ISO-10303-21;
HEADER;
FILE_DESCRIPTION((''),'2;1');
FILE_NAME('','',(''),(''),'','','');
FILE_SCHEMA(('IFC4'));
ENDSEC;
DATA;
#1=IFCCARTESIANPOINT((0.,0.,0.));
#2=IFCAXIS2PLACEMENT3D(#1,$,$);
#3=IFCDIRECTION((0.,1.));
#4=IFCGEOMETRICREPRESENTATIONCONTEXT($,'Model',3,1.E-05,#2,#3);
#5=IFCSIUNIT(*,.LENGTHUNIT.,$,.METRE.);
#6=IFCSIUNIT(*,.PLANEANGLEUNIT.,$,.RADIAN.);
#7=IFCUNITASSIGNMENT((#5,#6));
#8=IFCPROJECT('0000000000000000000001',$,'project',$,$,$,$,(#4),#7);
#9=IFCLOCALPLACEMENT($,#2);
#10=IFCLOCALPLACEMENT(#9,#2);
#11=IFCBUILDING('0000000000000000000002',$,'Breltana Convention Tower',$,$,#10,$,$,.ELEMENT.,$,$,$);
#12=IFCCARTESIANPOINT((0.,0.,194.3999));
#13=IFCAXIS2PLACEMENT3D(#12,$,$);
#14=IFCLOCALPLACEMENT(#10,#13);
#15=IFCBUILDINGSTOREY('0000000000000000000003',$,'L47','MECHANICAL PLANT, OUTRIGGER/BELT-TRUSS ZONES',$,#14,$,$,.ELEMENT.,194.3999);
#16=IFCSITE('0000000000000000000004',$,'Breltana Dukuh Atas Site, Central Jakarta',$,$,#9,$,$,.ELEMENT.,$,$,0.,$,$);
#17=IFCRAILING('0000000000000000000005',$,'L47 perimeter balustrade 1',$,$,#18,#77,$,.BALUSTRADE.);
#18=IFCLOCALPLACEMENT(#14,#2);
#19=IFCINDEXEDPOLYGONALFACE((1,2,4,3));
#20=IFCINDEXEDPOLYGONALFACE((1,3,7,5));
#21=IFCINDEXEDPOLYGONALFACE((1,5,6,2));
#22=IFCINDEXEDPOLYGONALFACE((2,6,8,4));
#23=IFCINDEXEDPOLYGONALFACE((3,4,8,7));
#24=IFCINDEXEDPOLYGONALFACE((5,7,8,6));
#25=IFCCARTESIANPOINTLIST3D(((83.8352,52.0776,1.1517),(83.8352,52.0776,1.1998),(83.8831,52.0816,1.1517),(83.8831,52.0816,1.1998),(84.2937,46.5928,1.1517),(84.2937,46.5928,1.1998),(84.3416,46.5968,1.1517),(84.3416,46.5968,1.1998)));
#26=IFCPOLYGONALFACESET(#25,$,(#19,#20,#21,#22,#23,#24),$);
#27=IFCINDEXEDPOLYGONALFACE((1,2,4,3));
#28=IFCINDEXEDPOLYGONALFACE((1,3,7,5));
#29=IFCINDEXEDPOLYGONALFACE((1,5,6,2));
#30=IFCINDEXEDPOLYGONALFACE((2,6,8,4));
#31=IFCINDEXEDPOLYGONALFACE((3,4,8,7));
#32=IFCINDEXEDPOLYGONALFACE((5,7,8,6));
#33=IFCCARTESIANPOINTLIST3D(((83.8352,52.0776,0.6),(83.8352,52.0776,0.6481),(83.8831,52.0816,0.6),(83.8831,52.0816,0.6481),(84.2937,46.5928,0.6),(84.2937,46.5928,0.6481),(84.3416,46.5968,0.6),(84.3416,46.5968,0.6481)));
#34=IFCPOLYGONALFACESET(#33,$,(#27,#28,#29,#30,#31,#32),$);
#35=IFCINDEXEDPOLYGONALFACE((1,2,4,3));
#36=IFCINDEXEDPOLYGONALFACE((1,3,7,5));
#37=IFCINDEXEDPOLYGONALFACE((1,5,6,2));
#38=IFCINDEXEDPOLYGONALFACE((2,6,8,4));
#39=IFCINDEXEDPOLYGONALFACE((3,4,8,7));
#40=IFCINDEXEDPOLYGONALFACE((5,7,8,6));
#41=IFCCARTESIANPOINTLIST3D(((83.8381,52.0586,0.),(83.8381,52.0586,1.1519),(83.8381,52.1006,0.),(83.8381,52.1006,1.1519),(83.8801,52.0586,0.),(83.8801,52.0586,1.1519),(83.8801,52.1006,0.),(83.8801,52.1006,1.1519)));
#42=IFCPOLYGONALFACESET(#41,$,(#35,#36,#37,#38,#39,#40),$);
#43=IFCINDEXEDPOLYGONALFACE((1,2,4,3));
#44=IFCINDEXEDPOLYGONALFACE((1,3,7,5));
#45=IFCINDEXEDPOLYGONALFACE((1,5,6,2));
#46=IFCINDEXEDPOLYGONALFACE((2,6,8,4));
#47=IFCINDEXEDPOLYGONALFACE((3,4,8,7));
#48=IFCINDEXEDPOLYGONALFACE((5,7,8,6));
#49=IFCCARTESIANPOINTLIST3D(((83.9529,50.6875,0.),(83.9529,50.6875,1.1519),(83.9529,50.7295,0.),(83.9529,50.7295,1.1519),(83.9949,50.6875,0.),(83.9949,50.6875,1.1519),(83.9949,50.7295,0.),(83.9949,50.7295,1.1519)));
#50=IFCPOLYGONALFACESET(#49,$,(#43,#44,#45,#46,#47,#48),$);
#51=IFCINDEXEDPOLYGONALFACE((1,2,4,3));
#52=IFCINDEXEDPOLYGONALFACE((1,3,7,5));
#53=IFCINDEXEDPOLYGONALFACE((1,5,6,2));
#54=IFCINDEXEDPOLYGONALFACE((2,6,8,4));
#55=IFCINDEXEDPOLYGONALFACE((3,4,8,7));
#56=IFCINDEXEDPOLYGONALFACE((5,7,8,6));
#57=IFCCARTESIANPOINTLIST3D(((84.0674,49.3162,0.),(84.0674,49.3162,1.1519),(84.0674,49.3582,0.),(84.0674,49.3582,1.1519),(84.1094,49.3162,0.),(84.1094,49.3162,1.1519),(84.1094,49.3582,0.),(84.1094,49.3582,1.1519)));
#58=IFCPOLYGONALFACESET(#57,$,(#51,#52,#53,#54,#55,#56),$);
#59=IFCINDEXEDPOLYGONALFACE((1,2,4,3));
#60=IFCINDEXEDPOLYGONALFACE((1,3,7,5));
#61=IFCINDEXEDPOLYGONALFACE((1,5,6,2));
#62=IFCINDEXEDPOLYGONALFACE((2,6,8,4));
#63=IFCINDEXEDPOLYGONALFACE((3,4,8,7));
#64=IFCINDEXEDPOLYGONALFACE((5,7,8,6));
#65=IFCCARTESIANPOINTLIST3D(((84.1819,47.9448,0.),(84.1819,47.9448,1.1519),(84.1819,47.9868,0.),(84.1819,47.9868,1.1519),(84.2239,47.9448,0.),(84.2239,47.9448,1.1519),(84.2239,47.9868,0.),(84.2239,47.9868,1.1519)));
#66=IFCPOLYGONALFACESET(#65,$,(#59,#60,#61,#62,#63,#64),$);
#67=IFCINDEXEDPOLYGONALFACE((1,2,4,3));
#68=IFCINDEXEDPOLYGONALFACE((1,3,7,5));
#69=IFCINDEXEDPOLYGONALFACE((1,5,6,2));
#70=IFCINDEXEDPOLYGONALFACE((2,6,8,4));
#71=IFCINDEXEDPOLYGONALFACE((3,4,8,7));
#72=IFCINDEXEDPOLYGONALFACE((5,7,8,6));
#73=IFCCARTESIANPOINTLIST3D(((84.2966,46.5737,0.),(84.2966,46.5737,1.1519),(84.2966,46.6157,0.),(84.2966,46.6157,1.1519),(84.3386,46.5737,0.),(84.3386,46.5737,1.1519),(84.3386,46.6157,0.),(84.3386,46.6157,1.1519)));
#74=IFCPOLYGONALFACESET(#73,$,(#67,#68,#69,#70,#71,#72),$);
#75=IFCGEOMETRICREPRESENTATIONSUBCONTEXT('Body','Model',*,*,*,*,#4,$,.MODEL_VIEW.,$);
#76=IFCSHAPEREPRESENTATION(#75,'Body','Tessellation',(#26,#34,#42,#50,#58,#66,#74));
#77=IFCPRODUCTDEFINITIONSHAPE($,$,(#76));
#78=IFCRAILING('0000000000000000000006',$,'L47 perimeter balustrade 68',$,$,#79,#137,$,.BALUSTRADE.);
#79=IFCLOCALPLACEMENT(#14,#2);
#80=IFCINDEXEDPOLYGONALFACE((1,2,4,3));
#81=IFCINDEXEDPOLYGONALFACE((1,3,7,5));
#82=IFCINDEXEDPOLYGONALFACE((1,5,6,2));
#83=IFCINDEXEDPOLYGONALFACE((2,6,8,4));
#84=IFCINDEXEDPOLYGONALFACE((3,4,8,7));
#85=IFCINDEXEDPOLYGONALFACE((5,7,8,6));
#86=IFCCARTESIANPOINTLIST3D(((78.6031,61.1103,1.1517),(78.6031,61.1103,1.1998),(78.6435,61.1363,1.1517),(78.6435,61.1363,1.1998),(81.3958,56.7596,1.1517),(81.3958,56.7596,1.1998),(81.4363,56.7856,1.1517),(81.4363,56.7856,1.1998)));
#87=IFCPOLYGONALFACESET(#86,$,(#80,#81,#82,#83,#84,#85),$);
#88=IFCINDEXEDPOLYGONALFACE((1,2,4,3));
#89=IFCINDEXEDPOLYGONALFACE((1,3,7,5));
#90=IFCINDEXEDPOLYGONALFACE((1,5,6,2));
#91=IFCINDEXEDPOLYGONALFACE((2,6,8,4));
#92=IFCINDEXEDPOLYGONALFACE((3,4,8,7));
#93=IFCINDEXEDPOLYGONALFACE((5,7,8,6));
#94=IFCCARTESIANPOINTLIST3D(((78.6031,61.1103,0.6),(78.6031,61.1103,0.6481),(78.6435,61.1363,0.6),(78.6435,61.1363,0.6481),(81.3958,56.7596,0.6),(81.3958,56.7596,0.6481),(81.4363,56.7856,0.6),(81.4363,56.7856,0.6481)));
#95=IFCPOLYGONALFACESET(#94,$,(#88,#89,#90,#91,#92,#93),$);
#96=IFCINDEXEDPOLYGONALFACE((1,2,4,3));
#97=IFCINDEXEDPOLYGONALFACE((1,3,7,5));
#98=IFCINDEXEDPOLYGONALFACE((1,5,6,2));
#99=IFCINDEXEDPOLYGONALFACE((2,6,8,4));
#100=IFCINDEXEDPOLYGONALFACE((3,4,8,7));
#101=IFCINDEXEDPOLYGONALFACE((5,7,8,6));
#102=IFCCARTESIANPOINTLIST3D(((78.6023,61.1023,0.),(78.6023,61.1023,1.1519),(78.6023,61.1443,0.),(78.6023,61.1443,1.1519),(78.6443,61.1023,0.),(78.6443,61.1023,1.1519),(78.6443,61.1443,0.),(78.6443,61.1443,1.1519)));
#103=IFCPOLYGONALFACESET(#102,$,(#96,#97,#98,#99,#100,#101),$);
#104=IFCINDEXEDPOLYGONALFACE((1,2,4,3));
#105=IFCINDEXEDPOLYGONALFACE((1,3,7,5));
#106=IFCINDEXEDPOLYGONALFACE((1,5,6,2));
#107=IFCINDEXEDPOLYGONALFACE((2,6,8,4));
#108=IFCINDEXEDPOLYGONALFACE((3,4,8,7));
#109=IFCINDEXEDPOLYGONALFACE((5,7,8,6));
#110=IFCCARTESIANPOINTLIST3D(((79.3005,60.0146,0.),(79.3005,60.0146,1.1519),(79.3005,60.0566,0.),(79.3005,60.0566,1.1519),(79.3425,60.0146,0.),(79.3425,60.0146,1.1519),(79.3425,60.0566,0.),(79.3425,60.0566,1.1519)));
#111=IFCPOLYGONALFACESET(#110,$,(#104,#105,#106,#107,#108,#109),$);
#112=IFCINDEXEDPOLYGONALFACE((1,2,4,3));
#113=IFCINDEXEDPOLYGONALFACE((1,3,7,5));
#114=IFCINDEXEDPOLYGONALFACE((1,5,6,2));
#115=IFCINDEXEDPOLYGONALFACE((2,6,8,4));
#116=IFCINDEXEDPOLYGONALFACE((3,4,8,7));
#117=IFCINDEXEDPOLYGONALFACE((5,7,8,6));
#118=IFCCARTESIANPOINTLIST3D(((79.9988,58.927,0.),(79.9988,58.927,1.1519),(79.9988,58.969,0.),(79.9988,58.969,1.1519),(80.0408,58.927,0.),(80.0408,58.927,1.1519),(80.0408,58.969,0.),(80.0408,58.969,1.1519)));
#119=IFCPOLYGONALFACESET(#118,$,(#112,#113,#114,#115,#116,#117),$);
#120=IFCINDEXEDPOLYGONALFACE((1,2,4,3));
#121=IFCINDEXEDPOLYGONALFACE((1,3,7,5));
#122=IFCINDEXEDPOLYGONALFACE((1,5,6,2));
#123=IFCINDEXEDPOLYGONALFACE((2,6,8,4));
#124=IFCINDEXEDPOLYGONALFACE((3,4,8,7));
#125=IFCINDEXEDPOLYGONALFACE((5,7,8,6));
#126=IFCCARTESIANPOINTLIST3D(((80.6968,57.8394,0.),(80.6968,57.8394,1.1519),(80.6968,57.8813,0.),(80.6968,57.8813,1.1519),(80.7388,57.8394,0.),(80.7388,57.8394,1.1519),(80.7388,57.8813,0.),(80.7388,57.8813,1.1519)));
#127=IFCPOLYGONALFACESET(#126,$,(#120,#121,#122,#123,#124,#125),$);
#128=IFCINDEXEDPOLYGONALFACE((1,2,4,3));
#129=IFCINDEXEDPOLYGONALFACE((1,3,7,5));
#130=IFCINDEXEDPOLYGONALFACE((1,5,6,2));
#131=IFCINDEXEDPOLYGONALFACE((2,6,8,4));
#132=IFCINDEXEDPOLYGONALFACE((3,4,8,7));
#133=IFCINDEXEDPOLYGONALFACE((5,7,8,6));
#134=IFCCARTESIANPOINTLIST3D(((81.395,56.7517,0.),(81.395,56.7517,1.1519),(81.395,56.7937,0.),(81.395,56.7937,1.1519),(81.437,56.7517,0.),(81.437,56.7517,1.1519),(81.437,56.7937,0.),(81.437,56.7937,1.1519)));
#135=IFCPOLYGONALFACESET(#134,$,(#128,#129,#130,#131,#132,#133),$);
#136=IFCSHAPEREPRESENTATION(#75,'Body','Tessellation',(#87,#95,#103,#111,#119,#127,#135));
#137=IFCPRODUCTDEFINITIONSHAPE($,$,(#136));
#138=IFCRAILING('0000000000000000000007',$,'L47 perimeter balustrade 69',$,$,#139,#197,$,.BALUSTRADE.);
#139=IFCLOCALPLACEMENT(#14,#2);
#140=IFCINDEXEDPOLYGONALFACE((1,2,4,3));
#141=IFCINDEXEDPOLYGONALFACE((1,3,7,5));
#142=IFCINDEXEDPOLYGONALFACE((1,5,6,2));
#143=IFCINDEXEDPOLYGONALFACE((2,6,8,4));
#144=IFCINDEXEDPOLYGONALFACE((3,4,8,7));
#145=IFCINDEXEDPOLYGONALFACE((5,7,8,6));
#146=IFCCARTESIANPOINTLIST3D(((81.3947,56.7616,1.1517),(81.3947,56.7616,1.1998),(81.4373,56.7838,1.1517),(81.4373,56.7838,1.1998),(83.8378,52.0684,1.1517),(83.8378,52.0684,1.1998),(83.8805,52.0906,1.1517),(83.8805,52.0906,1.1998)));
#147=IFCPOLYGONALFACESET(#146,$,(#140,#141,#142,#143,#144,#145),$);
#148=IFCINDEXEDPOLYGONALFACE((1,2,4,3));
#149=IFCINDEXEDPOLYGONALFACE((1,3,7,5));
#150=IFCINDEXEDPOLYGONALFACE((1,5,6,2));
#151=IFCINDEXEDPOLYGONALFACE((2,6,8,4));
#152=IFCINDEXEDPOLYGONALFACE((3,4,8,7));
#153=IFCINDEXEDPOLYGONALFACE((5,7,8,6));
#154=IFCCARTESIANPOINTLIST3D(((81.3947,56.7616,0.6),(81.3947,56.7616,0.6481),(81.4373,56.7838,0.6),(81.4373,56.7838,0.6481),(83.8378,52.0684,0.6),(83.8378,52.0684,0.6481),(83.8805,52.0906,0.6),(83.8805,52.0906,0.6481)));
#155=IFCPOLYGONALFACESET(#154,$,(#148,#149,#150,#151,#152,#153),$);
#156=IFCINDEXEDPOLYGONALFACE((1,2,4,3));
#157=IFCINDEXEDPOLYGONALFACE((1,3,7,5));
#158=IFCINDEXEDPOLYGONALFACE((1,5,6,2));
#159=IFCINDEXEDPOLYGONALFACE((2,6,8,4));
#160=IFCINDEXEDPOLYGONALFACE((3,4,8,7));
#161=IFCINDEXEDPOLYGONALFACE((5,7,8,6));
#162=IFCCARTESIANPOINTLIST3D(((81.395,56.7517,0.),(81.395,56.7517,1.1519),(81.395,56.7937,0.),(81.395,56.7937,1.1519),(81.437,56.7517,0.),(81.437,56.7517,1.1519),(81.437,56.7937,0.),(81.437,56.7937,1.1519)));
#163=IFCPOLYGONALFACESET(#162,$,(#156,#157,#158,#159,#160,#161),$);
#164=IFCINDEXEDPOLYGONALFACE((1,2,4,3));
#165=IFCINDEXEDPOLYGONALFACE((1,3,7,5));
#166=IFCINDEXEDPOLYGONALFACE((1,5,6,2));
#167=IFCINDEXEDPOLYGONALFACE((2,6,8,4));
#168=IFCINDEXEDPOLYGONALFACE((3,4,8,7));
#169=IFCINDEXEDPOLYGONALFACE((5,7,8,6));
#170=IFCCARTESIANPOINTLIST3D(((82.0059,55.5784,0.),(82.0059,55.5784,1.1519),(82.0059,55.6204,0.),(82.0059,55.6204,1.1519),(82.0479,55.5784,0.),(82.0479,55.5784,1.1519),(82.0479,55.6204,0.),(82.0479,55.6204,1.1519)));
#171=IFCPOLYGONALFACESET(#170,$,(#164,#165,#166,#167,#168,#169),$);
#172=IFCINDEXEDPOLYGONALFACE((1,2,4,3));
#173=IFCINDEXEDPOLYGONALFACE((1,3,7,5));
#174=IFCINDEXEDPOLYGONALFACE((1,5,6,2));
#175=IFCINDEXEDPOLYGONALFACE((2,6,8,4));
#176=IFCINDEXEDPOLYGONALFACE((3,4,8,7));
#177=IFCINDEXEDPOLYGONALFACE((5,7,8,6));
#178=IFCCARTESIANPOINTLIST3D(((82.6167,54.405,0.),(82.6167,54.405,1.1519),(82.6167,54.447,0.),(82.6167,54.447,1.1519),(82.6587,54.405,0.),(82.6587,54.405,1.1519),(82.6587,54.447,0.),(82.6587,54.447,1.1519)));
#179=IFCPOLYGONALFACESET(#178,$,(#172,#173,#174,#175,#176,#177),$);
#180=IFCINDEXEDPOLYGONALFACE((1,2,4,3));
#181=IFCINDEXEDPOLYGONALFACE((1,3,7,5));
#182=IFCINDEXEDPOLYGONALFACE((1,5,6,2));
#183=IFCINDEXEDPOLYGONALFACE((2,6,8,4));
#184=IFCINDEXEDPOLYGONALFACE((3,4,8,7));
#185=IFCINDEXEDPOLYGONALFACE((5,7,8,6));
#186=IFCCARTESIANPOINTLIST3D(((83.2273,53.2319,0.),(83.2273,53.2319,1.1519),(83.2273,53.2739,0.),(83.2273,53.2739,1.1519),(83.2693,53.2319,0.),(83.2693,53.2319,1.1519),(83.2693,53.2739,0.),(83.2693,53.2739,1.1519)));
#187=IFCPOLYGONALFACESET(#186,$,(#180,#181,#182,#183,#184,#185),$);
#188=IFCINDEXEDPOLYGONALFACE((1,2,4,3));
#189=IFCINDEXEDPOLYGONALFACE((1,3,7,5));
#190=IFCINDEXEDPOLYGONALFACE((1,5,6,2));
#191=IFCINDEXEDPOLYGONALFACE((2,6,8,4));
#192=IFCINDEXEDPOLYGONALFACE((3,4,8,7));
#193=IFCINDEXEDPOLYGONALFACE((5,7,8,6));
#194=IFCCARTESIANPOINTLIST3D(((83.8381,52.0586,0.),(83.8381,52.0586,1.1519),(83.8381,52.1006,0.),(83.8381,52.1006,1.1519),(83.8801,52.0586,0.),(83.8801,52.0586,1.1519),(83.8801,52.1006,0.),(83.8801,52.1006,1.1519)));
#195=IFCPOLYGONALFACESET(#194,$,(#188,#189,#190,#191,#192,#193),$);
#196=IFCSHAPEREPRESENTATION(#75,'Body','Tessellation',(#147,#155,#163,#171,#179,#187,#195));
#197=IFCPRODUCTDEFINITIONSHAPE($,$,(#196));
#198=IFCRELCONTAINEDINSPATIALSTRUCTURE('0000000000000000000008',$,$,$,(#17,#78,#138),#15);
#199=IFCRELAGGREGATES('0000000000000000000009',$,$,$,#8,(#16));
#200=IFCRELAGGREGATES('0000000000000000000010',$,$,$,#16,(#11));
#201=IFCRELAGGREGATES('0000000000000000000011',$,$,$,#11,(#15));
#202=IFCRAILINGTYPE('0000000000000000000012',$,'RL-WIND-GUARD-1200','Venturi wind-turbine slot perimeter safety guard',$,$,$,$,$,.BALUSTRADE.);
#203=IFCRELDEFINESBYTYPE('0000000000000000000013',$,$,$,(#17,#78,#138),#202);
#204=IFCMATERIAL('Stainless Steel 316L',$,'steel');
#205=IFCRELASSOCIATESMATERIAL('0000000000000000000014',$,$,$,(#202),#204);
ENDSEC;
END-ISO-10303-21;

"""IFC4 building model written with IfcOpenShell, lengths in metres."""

from ifc_helpers import new_model, si_unit, direction, frame, origin, origin_2d, place, context, subcontext, project, spatial, rectangle, extrude, material, type_object, element, save


model = new_model("IFC4")

# Units and contexts
model_context = context("Model", 3, precision=1e-05, world=origin(), true_north=direction((0.0, 1.0)))
body_context = subcontext(model_context, "Body", "Model", "MODEL_VIEW")
ifc_project = project(units=[si_unit("LENGTHUNIT", "METRE"), si_unit("PLANEANGLEUNIT", "RADIAN")], contexts=[model_context])

# Site, building, storey
site_placement = place(None, origin())
site = spatial("IfcSite", under=ifc_project, at=site_placement, Name="Breltana Dukuh Atas Site, Central Jakarta", CompositionType="ELEMENT", RefElevation=0.0)
building_placement = place(site_placement, origin())
building = spatial("IfcBuilding", under=site, at=building_placement, Name="Breltana Convention Tower", CompositionType="ELEMENT")
storey_placement = place(building_placement, frame((0.0, 0.0, 194.3999)))
storey = spatial("IfcBuildingStorey", under=building, at=storey_placement, Name="L47", Description="MECHANICAL PLANT, OUTRIGGER/BELT-TRUSS ZONES", CompositionType="ELEMENT", Elevation=194.3999)

# Railings
ifc_material_1 = material(Name="Stainless Steel 316L", Category="steel")
railing_type = type_object("IfcRailingType", Name="RL-WIND-GUARD-1200", Description="Venturi wind-turbine slot perimeter safety guard", PredefinedType="BALUSTRADE", material=ifc_material_1)
railing_1_placement = place(storey_placement, frame((83.8591, 52.0796, 0.0)))
element("IfcRailing", 1, at=railing_1_placement, inside=storey, type_object=railing_type, Name="L47 perimeter balustrade 1", PredefinedType="BALUSTRADE", context=body_context, shape_type="SweptSolid", body=[
    extrude(rectangle(XDim=0.0481, YDim=0.0481, at=origin_2d()), frame((0.0, 0.0, 1.1758), z_axis=(0.083302, -0.996524, 0.0), x_axis=(0.996524, 0.083302, 0.0)), (0.0, 0.0, 1.0), 5.5039),
    extrude(rectangle(XDim=0.0481, YDim=0.0481, at=origin_2d()), frame((0.0, 0.0, 0.624), z_axis=(0.083302, -0.996524, 0.0), x_axis=(0.996524, 0.083302, 0.0)), (0.0, 0.0, 1.0), 5.5039),
    extrude(rectangle(XDim=0.042, YDim=0.042, at=origin_2d()), origin(), (0.0, 0.0, 1.0), 1.1519),
    extrude(rectangle(XDim=0.042, YDim=0.042, at=origin_2d()), frame((0.1147, -1.3711, 0.0)), (0.0, 0.0, 1.0), 1.1519),
    extrude(rectangle(XDim=0.042, YDim=0.042, at=origin_2d()), frame((0.2292, -2.7424, 0.0)), (0.0, 0.0, 1.0), 1.1519),
    extrude(rectangle(XDim=0.042, YDim=0.042, at=origin_2d()), frame((0.3438, -4.1138, 0.0)), (0.0, 0.0, 1.0), 1.1519),
    extrude(rectangle(XDim=0.042, YDim=0.042, at=origin_2d()), frame((0.4585, -5.4849, 0.0)), (0.0, 0.0, 1.0), 1.1519),
])
railing_2_placement = place(storey_placement, frame((78.6233, 61.1233, 0.0)))
element("IfcRailing", 2, at=railing_2_placement, inside=storey, type_object=railing_type, Name="L47 perimeter balustrade 68", PredefinedType="BALUSTRADE", context=body_context, shape_type="SweptSolid", body=[
    extrude(rectangle(XDim=0.0481, YDim=0.0481, at=origin_2d()), frame((0.0, 0.0, 1.1758), z_axis=(0.540199, -0.841537, 0.0), x_axis=(0.841537, 0.540199, 0.0)), (0.0, 0.0, 1.0), 5.1699),
    extrude(rectangle(XDim=0.0481, YDim=0.0481, at=origin_2d()), frame((0.0, 0.0, 0.624), z_axis=(0.540199, -0.841537, 0.0), x_axis=(0.841537, 0.540199, 0.0)), (0.0, 0.0, 1.0), 5.1699),
    extrude(rectangle(XDim=0.042, YDim=0.042, at=origin_2d()), origin(), (0.0, 0.0, 1.0), 1.1519),
    extrude(rectangle(XDim=0.042, YDim=0.042, at=origin_2d()), frame((0.6982, -1.0876, 0.0)), (0.0, 0.0, 1.0), 1.1519),
    extrude(rectangle(XDim=0.042, YDim=0.042, at=origin_2d()), frame((1.3965, -2.1753, 0.0)), (0.0, 0.0, 1.0), 1.1519),
    extrude(rectangle(XDim=0.042, YDim=0.042, at=origin_2d()), frame((2.0945, -3.2629, 0.0)), (0.0, 0.0, 1.0), 1.1519),
    extrude(rectangle(XDim=0.042, YDim=0.042, at=origin_2d()), frame((2.7927, -4.3506, 0.0)), (0.0, 0.0, 1.0), 1.1519),
])
railing_3_placement = place(storey_placement, frame((81.416, 56.7727, 0.0)))
element("IfcRailing", 3, at=railing_3_placement, inside=storey, type_object=railing_type, Name="L47 perimeter balustrade 69", PredefinedType="BALUSTRADE", context=body_context, shape_type="SweptSolid", body=[
    extrude(rectangle(XDim=0.0481, YDim=0.0481, at=origin_2d()), frame((0.0, 0.0, 1.1758), z_axis=(0.461754, -0.887008, 0.0), x_axis=(0.887008, 0.461754, 0.0)), (0.0, 0.0, 1.0), 5.291),
    extrude(rectangle(XDim=0.0481, YDim=0.0481, at=origin_2d()), frame((0.0, 0.0, 0.624), z_axis=(0.461754, -0.887008, 0.0), x_axis=(0.887008, 0.461754, 0.0)), (0.0, 0.0, 1.0), 5.291),
    extrude(rectangle(XDim=0.042, YDim=0.042, at=origin_2d()), origin(), (0.0, 0.0, 1.0), 1.1519),
    extrude(rectangle(XDim=0.042, YDim=0.042, at=origin_2d()), frame((0.6108, -1.1733, 0.0)), (0.0, 0.0, 1.0), 1.1519),
    extrude(rectangle(XDim=0.042, YDim=0.042, at=origin_2d()), frame((1.2217, -2.3467, 0.0)), (0.0, 0.0, 1.0), 1.1519),
    extrude(rectangle(XDim=0.042, YDim=0.042, at=origin_2d()), frame((1.8323, -3.5198, 0.0)), (0.0, 0.0, 1.0), 1.1519),
    extrude(rectangle(XDim=0.042, YDim=0.042, at=origin_2d()), frame((2.4431, -4.6931, 0.0)), (0.0, 0.0, 1.0), 1.1519),
])

save(model, "model.ifc")
